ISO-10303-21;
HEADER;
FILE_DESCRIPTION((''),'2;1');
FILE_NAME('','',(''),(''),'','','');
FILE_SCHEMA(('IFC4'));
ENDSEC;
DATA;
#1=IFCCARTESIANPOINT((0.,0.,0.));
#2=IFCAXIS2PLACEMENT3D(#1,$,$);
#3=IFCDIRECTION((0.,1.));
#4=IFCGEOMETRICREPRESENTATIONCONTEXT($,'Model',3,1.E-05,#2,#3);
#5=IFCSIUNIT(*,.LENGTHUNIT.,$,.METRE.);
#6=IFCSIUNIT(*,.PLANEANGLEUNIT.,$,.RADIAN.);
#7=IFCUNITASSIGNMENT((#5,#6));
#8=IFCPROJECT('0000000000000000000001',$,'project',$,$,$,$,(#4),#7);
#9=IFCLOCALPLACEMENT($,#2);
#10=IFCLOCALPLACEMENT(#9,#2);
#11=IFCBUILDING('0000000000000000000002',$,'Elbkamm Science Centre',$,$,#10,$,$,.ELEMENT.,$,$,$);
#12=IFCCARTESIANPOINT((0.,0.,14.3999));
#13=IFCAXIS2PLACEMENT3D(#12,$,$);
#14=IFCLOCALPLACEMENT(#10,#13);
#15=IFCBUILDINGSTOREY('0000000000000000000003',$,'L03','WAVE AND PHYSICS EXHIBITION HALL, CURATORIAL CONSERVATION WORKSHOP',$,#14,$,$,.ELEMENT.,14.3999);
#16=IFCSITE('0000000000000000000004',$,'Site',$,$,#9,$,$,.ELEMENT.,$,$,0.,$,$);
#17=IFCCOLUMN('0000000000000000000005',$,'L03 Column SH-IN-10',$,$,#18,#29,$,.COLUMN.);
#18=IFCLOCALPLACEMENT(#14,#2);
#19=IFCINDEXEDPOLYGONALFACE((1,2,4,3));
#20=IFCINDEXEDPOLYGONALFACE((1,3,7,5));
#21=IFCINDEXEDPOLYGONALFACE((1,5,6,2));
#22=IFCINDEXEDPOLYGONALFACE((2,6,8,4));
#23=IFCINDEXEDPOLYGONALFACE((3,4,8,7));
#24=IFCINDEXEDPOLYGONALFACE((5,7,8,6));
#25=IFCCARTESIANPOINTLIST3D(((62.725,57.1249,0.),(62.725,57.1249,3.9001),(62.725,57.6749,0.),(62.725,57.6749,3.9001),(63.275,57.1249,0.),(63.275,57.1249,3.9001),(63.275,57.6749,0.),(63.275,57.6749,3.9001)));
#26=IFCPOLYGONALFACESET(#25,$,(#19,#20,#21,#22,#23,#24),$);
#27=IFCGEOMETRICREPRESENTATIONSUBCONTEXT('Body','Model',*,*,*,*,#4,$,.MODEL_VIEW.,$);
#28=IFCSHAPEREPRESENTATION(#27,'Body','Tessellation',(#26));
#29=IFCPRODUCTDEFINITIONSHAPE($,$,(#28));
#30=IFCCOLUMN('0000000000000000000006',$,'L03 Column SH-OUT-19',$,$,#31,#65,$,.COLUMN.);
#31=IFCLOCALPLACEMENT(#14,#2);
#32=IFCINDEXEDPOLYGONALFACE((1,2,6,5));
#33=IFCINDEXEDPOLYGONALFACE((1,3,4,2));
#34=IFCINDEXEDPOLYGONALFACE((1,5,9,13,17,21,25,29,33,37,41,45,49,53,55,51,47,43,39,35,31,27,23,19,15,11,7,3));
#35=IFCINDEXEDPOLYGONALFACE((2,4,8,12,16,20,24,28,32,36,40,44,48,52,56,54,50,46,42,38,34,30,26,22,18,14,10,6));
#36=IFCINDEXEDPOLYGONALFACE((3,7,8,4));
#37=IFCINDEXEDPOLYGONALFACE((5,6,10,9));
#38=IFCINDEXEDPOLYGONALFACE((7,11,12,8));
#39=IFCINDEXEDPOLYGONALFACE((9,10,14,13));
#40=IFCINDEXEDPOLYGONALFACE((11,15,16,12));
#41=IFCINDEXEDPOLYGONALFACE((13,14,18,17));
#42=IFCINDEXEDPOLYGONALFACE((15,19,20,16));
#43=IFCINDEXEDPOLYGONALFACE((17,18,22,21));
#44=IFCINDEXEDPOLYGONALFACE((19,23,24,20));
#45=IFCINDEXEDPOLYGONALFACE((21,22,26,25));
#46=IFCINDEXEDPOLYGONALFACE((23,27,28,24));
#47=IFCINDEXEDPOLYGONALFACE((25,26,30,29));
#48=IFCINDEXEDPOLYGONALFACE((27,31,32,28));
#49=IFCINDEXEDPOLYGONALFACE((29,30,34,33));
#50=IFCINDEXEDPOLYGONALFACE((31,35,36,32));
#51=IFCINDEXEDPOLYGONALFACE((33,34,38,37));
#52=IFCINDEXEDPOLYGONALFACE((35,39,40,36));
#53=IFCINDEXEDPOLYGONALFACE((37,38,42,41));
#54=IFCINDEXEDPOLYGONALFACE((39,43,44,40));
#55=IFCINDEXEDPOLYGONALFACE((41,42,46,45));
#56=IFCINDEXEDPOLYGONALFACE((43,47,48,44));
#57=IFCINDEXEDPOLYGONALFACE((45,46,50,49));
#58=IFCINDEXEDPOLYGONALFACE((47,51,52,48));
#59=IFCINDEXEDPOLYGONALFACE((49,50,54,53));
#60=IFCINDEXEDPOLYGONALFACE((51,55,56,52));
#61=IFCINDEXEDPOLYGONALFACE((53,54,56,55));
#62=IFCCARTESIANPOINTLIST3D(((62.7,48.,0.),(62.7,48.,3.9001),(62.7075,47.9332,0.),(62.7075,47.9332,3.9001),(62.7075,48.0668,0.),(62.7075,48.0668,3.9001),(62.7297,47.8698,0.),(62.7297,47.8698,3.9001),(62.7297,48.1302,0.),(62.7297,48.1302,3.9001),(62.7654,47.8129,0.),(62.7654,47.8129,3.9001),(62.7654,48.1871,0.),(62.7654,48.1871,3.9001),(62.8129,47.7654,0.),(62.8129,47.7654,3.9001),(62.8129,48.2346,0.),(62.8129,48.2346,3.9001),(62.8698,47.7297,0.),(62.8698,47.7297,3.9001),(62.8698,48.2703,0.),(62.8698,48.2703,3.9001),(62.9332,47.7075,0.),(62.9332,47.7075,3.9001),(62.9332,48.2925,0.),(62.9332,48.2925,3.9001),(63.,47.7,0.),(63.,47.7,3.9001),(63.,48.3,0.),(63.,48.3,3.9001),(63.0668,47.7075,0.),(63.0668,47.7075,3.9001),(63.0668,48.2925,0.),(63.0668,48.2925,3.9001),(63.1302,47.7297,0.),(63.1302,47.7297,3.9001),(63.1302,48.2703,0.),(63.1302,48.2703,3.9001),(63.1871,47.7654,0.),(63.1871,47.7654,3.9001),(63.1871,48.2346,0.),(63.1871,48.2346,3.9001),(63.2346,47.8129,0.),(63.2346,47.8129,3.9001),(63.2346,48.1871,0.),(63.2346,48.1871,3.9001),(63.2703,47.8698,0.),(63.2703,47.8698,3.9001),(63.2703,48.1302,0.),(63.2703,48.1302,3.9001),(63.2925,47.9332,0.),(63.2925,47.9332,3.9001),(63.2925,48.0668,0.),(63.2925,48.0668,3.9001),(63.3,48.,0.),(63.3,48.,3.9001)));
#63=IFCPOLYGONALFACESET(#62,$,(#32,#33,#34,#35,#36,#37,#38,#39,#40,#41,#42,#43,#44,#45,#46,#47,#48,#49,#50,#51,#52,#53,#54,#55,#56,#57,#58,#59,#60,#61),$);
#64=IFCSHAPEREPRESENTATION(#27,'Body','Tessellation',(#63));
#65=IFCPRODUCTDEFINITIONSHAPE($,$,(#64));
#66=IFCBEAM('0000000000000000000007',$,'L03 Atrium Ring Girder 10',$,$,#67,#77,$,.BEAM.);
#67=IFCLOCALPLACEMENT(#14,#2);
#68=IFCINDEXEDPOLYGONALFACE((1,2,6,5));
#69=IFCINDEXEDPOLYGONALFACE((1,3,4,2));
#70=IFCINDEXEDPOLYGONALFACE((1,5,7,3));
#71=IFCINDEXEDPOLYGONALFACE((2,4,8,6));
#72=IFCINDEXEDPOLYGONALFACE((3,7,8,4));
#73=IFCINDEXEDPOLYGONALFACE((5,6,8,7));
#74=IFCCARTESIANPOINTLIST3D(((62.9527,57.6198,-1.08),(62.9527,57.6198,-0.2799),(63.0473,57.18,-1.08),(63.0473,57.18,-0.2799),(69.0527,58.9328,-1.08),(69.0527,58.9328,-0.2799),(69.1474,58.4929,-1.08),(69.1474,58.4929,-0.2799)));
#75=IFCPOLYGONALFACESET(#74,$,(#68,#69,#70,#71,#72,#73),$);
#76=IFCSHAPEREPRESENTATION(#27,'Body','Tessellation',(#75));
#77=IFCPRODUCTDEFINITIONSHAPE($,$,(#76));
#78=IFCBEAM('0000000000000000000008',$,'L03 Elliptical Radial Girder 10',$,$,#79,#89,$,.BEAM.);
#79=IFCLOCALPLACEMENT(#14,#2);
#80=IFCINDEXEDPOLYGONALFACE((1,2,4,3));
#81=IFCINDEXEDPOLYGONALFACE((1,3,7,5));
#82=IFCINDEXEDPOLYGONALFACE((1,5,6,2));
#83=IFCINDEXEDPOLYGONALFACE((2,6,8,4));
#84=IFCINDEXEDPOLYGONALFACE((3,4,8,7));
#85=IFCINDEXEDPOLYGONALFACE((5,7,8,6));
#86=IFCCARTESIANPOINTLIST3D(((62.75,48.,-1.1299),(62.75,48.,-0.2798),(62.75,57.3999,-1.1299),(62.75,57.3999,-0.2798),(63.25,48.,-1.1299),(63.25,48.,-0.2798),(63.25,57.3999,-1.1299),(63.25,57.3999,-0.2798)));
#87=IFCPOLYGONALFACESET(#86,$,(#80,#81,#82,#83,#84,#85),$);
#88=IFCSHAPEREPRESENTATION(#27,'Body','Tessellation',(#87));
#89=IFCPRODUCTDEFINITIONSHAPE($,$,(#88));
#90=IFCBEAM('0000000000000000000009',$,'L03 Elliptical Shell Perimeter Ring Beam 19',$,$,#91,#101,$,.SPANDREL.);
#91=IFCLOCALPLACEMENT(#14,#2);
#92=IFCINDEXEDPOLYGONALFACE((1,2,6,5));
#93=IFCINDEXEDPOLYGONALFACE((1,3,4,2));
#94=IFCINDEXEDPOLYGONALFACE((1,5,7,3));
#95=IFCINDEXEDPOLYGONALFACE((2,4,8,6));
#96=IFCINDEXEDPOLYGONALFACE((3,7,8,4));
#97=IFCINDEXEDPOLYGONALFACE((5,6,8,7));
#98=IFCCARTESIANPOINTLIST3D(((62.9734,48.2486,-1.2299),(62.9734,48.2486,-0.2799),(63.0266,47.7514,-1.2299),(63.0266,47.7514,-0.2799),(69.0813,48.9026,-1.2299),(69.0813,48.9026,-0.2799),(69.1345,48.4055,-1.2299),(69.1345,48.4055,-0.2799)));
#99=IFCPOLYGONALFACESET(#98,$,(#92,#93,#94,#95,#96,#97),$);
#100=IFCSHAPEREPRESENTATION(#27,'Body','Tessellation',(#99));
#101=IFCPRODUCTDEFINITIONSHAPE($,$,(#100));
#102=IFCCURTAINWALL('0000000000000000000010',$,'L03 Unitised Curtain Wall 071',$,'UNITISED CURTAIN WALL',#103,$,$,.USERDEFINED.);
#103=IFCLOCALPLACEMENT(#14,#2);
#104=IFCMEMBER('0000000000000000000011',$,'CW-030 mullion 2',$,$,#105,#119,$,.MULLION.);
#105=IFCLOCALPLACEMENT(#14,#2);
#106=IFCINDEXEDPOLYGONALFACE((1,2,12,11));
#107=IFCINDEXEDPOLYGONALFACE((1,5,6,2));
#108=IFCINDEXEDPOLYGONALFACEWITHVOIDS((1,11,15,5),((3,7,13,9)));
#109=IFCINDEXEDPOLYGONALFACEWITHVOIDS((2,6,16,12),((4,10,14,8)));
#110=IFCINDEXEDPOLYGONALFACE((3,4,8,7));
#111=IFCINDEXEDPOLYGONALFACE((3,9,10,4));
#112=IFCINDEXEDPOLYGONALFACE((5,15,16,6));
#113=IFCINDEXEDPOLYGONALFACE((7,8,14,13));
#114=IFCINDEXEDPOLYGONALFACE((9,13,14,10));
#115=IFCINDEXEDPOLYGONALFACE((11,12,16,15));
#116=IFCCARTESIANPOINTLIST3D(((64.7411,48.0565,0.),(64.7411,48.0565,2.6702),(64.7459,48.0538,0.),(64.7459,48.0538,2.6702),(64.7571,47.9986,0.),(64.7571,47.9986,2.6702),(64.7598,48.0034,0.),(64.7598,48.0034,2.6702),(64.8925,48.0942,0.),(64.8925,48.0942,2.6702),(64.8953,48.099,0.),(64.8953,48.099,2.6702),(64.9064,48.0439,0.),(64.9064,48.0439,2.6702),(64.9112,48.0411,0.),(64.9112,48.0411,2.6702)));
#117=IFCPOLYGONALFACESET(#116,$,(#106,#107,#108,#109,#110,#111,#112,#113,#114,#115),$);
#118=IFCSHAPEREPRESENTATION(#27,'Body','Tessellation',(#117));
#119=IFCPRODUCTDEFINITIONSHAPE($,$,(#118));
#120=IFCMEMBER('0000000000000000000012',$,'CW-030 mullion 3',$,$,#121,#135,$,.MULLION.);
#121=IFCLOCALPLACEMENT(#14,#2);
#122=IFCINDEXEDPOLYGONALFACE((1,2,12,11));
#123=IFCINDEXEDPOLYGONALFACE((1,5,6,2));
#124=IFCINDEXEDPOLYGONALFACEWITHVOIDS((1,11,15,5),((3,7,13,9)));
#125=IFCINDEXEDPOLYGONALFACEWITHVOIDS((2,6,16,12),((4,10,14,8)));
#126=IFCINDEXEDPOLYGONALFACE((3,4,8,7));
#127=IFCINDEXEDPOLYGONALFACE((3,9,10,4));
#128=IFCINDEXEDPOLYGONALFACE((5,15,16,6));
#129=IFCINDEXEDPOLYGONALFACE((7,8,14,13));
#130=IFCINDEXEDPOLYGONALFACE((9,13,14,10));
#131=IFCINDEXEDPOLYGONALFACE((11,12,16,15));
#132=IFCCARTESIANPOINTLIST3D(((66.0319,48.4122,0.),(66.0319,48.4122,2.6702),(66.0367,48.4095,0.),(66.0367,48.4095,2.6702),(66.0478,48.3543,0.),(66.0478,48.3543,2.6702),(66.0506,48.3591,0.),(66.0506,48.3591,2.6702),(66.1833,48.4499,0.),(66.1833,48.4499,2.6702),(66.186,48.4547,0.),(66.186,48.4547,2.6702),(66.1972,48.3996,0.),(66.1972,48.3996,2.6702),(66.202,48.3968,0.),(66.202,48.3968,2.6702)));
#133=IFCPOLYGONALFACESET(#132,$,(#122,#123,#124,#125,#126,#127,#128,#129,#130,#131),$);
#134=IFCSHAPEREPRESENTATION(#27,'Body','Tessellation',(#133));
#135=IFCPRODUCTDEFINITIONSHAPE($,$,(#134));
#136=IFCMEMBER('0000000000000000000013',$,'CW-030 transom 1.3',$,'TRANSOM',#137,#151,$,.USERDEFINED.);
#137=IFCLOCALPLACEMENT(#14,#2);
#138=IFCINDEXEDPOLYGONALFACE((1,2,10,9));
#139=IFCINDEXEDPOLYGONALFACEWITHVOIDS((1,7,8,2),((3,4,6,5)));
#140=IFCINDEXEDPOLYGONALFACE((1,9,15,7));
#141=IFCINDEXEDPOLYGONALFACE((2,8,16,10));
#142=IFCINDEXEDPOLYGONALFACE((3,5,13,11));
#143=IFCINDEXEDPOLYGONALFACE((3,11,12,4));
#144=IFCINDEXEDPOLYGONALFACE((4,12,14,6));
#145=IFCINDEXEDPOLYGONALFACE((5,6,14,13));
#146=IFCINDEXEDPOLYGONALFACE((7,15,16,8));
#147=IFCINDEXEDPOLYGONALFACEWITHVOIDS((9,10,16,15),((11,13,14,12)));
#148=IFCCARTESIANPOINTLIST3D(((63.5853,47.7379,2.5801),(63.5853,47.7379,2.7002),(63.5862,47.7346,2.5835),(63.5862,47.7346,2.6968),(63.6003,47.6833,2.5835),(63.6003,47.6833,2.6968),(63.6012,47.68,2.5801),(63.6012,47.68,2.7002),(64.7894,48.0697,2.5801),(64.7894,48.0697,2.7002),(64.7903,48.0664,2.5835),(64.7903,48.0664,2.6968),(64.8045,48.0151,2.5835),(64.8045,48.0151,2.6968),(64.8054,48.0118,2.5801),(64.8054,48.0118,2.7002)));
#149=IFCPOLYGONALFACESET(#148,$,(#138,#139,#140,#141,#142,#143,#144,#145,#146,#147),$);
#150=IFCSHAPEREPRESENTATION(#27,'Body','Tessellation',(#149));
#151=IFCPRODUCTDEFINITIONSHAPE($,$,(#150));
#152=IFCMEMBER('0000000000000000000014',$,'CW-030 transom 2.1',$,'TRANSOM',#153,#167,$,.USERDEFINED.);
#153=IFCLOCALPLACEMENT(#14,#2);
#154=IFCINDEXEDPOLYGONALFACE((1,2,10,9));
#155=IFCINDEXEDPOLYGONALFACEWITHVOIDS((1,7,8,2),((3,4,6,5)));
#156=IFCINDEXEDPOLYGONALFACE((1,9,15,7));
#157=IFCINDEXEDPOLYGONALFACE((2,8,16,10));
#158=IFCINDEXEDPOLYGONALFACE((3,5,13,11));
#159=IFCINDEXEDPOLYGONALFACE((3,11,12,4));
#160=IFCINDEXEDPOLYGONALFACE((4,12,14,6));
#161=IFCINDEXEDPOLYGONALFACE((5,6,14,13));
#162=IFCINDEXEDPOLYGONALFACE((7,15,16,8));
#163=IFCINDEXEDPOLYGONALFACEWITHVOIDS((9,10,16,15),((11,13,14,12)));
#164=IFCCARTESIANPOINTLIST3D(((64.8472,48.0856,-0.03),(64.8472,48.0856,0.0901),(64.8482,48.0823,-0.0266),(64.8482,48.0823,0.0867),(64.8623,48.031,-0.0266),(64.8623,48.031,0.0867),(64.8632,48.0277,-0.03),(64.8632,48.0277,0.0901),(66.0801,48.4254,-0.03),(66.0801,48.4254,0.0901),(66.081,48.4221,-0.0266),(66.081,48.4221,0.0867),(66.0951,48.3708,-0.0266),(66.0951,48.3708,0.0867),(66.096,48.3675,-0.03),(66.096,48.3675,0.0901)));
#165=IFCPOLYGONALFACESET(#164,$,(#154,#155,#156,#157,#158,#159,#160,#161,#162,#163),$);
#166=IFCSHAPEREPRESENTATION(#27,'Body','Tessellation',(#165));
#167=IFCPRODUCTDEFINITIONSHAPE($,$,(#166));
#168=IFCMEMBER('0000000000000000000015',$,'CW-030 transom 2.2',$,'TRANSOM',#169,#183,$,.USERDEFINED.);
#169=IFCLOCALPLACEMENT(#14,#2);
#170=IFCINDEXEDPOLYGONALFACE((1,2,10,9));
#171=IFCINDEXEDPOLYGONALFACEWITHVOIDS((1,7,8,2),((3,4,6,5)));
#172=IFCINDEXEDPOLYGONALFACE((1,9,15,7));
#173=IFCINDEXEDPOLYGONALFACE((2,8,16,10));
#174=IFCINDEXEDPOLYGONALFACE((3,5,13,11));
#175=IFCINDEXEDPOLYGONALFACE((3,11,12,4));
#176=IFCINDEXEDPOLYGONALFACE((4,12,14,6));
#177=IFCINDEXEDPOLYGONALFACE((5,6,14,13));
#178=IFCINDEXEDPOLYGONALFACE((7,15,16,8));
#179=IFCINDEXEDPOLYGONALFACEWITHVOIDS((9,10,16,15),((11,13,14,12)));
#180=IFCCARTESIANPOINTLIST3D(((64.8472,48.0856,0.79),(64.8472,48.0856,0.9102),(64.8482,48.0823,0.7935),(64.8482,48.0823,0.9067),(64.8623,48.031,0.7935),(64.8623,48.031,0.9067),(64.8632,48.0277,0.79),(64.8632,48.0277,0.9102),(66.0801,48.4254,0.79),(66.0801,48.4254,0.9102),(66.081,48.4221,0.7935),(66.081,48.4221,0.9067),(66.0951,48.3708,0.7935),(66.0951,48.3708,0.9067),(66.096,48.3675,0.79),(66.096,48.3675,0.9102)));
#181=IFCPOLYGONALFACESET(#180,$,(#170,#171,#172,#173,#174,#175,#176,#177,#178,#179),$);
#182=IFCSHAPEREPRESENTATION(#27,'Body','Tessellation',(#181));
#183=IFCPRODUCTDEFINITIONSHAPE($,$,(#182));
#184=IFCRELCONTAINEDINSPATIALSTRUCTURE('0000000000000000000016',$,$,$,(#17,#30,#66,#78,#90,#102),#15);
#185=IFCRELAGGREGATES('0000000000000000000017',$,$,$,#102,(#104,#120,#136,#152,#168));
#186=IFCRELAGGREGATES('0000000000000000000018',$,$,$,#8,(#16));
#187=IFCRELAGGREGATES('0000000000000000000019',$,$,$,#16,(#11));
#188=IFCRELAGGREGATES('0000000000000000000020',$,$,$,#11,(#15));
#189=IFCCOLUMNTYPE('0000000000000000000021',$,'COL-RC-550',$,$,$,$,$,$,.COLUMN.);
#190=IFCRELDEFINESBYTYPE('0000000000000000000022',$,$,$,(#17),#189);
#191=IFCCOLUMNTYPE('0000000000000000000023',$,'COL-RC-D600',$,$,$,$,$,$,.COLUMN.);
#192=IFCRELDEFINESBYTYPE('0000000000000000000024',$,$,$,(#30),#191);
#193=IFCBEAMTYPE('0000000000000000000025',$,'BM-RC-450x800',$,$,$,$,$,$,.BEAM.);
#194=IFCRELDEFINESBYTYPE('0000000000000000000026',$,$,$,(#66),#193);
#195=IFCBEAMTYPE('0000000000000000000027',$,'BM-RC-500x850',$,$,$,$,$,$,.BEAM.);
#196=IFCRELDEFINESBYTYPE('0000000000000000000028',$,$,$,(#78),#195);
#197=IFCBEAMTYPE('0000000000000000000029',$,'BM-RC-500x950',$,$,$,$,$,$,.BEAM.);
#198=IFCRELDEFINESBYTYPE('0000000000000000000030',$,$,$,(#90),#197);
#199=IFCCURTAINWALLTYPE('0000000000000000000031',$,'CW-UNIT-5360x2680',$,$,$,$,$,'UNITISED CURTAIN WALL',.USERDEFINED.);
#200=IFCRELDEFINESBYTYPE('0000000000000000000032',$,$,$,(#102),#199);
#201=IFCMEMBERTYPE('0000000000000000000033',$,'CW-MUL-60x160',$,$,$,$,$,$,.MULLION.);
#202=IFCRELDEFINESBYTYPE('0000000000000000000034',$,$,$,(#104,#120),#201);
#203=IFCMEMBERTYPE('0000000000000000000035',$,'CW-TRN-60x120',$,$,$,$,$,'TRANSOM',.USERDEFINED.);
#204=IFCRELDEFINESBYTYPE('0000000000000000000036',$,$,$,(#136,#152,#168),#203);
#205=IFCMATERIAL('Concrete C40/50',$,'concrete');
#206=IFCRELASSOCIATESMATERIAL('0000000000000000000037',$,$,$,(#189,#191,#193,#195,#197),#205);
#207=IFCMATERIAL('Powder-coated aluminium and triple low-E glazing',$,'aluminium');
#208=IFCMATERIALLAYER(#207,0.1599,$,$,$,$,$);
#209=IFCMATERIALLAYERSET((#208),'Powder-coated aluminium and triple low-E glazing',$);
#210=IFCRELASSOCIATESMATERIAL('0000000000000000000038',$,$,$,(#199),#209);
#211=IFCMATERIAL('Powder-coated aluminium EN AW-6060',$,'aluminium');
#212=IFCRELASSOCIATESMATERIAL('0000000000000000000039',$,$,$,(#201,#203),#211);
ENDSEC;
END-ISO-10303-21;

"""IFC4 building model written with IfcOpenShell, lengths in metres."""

from ifc_helpers import new_model, si_unit, direction, frame, origin, origin_2d, place, context, subcontext, project, spatial, rectangle, hollow_rectangle, circle, extrude, material, layer, layer_set, material_profile, profile_set, type_object, element, aggregate, save


model = new_model("IFC4")

# Units and contexts
model_context = context("Model", 3, precision=1e-05, world=origin(), true_north=direction((0.0, 1.0)))
body_context = subcontext(model_context, "Body", "Model", "MODEL_VIEW")
ifc_project = project(units=[si_unit("LENGTHUNIT", "METRE"), si_unit("PLANEANGLEUNIT", "RADIAN")], contexts=[model_context])

# Site, building, storey
site_placement = place(None, origin())
site = spatial("IfcSite", under=ifc_project, at=site_placement, Name="Site", CompositionType="ELEMENT", RefElevation=0.0)
building_placement = place(site_placement, origin())
building = spatial("IfcBuilding", under=site, at=building_placement, Name="Elbkamm Science Centre", CompositionType="ELEMENT")
storey_placement = place(building_placement, frame((0.0, 0.0, 14.3999)))
storey = spatial("IfcBuildingStorey", under=building, at=storey_placement, Name="L03", Description="WAVE AND PHYSICS EXHIBITION HALL, CURATORIAL CONSERVATION WORKSHOP", CompositionType="ELEMENT", Elevation=14.3999)

# Columns
ifc_material_1 = material(Name="Concrete C40/50", Category="concrete")
ifc_material_profile_1 = material_profile(ifc_material_1, rectangle(XDim=0.55, YDim=0.55, at=origin_2d()), Name="RC 550x550")
ifc_profile_set_1 = profile_set([ifc_material_profile_1], Name="Concrete C40/50")
column_type_1 = type_object("IfcColumnType", Name="COL-RC-550", PredefinedType="COLUMN", material=ifc_profile_set_1)
column_1_placement = place(storey_placement, frame((63.0, 57.3999, 0.0), z_axis=(0.0, 0.0, 1.0), x_axis=(1.0, 0.0, 0.0)))
element("IfcColumn", 1, at=column_1_placement, inside=storey, type_object=column_type_1, Name="L03 Column SH-IN-10", PredefinedType="COLUMN", context=body_context, shape_type="SweptSolid", body=[
    extrude(rectangle(XDim=0.55, YDim=0.55, at=origin_2d()), origin(), (0.0, 0.0, 1.0), 3.9001),
])
ifc_material_profile_2 = material_profile(ifc_material_1, circle(Radius=0.3, at=origin_2d()), Name="RC D600")
ifc_profile_set_2 = profile_set([ifc_material_profile_2], Name="Concrete C40/50")
column_type_2 = type_object("IfcColumnType", Name="COL-RC-D600", PredefinedType="COLUMN", material=ifc_profile_set_2)
column_2_placement = place(storey_placement, frame((63.0, 48.0, 0.0), z_axis=(0.0, 0.0, 1.0), x_axis=(1.0, 0.0, 0.0)))
element("IfcColumn", 2, at=column_2_placement, inside=storey, type_object=column_type_2, Name="L03 Column SH-OUT-19", PredefinedType="COLUMN", context=body_context, shape_type="SweptSolid", body=[
    extrude(circle(Radius=0.3, at=origin_2d()), origin(), (0.0, 0.0, 1.0), 3.9001),
])

# Beams
ifc_material_profile_3 = material_profile(ifc_material_1, rectangle(XDim=0.45, YDim=0.8, at=origin_2d()), Name="RC 450x800")
ifc_profile_set_3 = profile_set([ifc_material_profile_3], Name="Concrete C40/50")
beam_type_1 = type_object("IfcBeamType", Name="BM-RC-450x800", PredefinedType="BEAM", material=ifc_profile_set_3)
beam_1_placement = place(storey_placement, frame((63.0, 57.3999, -0.6799), z_axis=(0.977611, 0.210421, 0.0), x_axis=(-0.210421, 0.977611, 0.0)))
element("IfcBeam", 3, at=beam_1_placement, inside=storey, type_object=beam_type_1, Name="L03 Atrium Ring Girder 10", PredefinedType="BEAM", context=body_context, shape_type="SweptSolid", body=[
    extrude(rectangle(XDim=0.45, YDim=0.8, at=origin_2d()), origin(), (0.0, 0.0, 1.0), 6.2397),
])
ifc_material_profile_4 = material_profile(ifc_material_1, rectangle(XDim=0.5, YDim=0.8501, at=origin_2d()), Name="RC 500x850")
ifc_profile_set_4 = profile_set([ifc_material_profile_4], Name="Concrete C40/50")
beam_type_2 = type_object("IfcBeamType", Name="BM-RC-500x850", PredefinedType="BEAM", material=ifc_profile_set_4)
beam_2_placement = place(storey_placement, frame((63.0, 57.3999, -0.7048), z_axis=(0.0, -1.0, 0.0), x_axis=(1.0, 0.0, 0.0)))
element("IfcBeam", 4, at=beam_2_placement, inside=storey, type_object=beam_type_2, Name="L03 Elliptical Radial Girder 10", PredefinedType="BEAM", context=body_context, shape_type="SweptSolid", body=[
    extrude(rectangle(XDim=0.5, YDim=0.8501, at=origin_2d()), origin(), (0.0, 0.0, 1.0), 9.3999),
])
ifc_material_profile_5 = material_profile(ifc_material_1, rectangle(XDim=0.5, YDim=0.95, at=origin_2d()), Name="RC 500x950")
ifc_profile_set_5 = profile_set([ifc_material_profile_5], Name="Concrete C40/50")
beam_type_3 = type_object("IfcBeamType", Name="BM-RC-500x950", PredefinedType="BEAM", material=ifc_profile_set_5)
beam_3_placement = place(storey_placement, frame((63.0, 48.0, -0.7549), z_axis=(0.994315, 0.106474, 0.0), x_axis=(-0.106474, 0.994315, 0.0)))
element("IfcBeam", 5, at=beam_3_placement, inside=storey, type_object=beam_type_3, Name="L03 Elliptical Shell Perimeter Ring Beam 19", PredefinedType="SPANDREL", context=body_context, shape_type="SweptSolid", body=[
    extrude(rectangle(XDim=0.5, YDim=0.95, at=origin_2d()), origin(), (0.0, 0.0, 1.0), 6.1428),
])

# Curtain wall, members
ifc_material_2 = material(Name="Powder-coated aluminium and triple low-E glazing", Category="aluminium")
ifc_layer_1 = layer(ifc_material_2, 0.1599)
ifc_layer_set_1 = layer_set([ifc_layer_1], Name="Powder-coated aluminium and triple low-E glazing")
curtain_wall_type = type_object("IfcCurtainWallType", Name="CW-UNIT-5360x2680", ElementType="UNITISED CURTAIN WALL", PredefinedType="USERDEFINED", material=ifc_layer_set_1)
curtain_wall_placement = place(storey_placement, origin())
curtain_wall = element("IfcCurtainWall", 6, at=curtain_wall_placement, inside=storey, type_object=curtain_wall_type, Name="L03 Unitised Curtain Wall 071", ObjectType="UNITISED CURTAIN WALL", PredefinedType="USERDEFINED")
ifc_material_3 = material(Name="Powder-coated aluminium EN AW-6060", Category="aluminium")
ifc_material_profile_6 = material_profile(ifc_material_3, hollow_rectangle(XDim=0.0601, YDim=0.1599, WallThickness=0.0039, at=origin_2d()), Name="ALU M60x160")
ifc_profile_set_6 = profile_set([ifc_material_profile_6], Name="Powder-coated aluminium EN AW-6060")
member_type_1 = type_object("IfcMemberType", Name="CW-MUL-60x160", PredefinedType="MULLION", material=ifc_profile_set_6)
member_1_placement = place(storey_placement, frame((64.8262, 48.0488, 0.0), z_axis=(0.0, 0.0, 1.0), x_axis=(-0.26573, 0.964048, 0.0)))
member_1 = element("IfcMember", 7, at=member_1_placement, type_object=member_type_1, Name="CW-030 mullion 2", PredefinedType="MULLION", context=body_context, shape_type="SweptSolid", body=[
    extrude(hollow_rectangle(XDim=0.0601, YDim=0.1599, WallThickness=0.0039, at=origin_2d()), origin(), (0.0, 0.0, 1.0), 2.6702),
])
member_2_placement = place(storey_placement, frame((66.1169, 48.4045, 0.0), z_axis=(0.0, 0.0, 1.0), x_axis=(-0.26573, 0.964048, 0.0)))
member_2 = element("IfcMember", 8, at=member_2_placement, type_object=member_type_1, Name="CW-030 mullion 3", PredefinedType="MULLION", context=body_context, shape_type="SweptSolid", body=[
    extrude(hollow_rectangle(XDim=0.0601, YDim=0.1599, WallThickness=0.0039, at=origin_2d()), origin(), (0.0, 0.0, 1.0), 2.6702),
])
ifc_material_profile_7 = material_profile(ifc_material_3, hollow_rectangle(XDim=0.0601, YDim=0.1201, WallThickness=0.0034, at=origin_2d()), Name="ALU T60x120")
ifc_profile_set_7 = profile_set([ifc_material_profile_7], Name="Powder-coated aluminium EN AW-6060")
member_type_2 = type_object("IfcMemberType", Name="CW-TRN-60x120", ElementType="TRANSOM", PredefinedType="USERDEFINED", material=ifc_profile_set_7)
member_3_placement = place(storey_placement, frame((63.5933, 47.709, 2.6401), z_axis=(0.96407, 0.265647, 0.0), x_axis=(-0.265647, 0.96407, 0.0)))
member_3 = element("IfcMember", 9, at=member_3_placement, type_object=member_type_2, Name="CW-030 transom 1.3", ObjectType="TRANSOM", PredefinedType="USERDEFINED", context=body_context, shape_type="SweptSolid", body=[
    extrude(hollow_rectangle(XDim=0.0601, YDim=0.1201, WallThickness=0.0034, at=origin_2d()), origin(), (0.0, 0.0, 1.0), 1.249),
])
member_4_placement = place(storey_placement, frame((64.8552, 48.0566, 0.03), z_axis=(0.964047, 0.265733, 0.0), x_axis=(-0.265733, 0.964047, 0.0)))
member_4 = element("IfcMember", 10, at=member_4_placement, type_object=member_type_2, Name="CW-030 transom 2.1", ObjectType="TRANSOM", PredefinedType="USERDEFINED", context=body_context, shape_type="SweptSolid", body=[
    extrude(hollow_rectangle(XDim=0.0601, YDim=0.1201, WallThickness=0.0034, at=origin_2d()), origin(), (0.0, 0.0, 1.0), 1.2788),
])
member_5_placement = place(storey_placement, frame((64.8552, 48.0566, 0.8501), z_axis=(0.964047, 0.265733, 0.0), x_axis=(-0.265733, 0.964047, 0.0)))
member_5 = element("IfcMember", 11, at=member_5_placement, type_object=member_type_2, Name="CW-030 transom 2.2", ObjectType="TRANSOM", PredefinedType="USERDEFINED", context=body_context, shape_type="SweptSolid", body=[
    extrude(hollow_rectangle(XDim=0.0601, YDim=0.1201, WallThickness=0.0034, at=origin_2d()), origin(), (0.0, 0.0, 1.0), 1.2788),
])
aggregate(curtain_wall, [member_1, member_2, member_3, member_4, member_5])

save(model, "model.ifc")
